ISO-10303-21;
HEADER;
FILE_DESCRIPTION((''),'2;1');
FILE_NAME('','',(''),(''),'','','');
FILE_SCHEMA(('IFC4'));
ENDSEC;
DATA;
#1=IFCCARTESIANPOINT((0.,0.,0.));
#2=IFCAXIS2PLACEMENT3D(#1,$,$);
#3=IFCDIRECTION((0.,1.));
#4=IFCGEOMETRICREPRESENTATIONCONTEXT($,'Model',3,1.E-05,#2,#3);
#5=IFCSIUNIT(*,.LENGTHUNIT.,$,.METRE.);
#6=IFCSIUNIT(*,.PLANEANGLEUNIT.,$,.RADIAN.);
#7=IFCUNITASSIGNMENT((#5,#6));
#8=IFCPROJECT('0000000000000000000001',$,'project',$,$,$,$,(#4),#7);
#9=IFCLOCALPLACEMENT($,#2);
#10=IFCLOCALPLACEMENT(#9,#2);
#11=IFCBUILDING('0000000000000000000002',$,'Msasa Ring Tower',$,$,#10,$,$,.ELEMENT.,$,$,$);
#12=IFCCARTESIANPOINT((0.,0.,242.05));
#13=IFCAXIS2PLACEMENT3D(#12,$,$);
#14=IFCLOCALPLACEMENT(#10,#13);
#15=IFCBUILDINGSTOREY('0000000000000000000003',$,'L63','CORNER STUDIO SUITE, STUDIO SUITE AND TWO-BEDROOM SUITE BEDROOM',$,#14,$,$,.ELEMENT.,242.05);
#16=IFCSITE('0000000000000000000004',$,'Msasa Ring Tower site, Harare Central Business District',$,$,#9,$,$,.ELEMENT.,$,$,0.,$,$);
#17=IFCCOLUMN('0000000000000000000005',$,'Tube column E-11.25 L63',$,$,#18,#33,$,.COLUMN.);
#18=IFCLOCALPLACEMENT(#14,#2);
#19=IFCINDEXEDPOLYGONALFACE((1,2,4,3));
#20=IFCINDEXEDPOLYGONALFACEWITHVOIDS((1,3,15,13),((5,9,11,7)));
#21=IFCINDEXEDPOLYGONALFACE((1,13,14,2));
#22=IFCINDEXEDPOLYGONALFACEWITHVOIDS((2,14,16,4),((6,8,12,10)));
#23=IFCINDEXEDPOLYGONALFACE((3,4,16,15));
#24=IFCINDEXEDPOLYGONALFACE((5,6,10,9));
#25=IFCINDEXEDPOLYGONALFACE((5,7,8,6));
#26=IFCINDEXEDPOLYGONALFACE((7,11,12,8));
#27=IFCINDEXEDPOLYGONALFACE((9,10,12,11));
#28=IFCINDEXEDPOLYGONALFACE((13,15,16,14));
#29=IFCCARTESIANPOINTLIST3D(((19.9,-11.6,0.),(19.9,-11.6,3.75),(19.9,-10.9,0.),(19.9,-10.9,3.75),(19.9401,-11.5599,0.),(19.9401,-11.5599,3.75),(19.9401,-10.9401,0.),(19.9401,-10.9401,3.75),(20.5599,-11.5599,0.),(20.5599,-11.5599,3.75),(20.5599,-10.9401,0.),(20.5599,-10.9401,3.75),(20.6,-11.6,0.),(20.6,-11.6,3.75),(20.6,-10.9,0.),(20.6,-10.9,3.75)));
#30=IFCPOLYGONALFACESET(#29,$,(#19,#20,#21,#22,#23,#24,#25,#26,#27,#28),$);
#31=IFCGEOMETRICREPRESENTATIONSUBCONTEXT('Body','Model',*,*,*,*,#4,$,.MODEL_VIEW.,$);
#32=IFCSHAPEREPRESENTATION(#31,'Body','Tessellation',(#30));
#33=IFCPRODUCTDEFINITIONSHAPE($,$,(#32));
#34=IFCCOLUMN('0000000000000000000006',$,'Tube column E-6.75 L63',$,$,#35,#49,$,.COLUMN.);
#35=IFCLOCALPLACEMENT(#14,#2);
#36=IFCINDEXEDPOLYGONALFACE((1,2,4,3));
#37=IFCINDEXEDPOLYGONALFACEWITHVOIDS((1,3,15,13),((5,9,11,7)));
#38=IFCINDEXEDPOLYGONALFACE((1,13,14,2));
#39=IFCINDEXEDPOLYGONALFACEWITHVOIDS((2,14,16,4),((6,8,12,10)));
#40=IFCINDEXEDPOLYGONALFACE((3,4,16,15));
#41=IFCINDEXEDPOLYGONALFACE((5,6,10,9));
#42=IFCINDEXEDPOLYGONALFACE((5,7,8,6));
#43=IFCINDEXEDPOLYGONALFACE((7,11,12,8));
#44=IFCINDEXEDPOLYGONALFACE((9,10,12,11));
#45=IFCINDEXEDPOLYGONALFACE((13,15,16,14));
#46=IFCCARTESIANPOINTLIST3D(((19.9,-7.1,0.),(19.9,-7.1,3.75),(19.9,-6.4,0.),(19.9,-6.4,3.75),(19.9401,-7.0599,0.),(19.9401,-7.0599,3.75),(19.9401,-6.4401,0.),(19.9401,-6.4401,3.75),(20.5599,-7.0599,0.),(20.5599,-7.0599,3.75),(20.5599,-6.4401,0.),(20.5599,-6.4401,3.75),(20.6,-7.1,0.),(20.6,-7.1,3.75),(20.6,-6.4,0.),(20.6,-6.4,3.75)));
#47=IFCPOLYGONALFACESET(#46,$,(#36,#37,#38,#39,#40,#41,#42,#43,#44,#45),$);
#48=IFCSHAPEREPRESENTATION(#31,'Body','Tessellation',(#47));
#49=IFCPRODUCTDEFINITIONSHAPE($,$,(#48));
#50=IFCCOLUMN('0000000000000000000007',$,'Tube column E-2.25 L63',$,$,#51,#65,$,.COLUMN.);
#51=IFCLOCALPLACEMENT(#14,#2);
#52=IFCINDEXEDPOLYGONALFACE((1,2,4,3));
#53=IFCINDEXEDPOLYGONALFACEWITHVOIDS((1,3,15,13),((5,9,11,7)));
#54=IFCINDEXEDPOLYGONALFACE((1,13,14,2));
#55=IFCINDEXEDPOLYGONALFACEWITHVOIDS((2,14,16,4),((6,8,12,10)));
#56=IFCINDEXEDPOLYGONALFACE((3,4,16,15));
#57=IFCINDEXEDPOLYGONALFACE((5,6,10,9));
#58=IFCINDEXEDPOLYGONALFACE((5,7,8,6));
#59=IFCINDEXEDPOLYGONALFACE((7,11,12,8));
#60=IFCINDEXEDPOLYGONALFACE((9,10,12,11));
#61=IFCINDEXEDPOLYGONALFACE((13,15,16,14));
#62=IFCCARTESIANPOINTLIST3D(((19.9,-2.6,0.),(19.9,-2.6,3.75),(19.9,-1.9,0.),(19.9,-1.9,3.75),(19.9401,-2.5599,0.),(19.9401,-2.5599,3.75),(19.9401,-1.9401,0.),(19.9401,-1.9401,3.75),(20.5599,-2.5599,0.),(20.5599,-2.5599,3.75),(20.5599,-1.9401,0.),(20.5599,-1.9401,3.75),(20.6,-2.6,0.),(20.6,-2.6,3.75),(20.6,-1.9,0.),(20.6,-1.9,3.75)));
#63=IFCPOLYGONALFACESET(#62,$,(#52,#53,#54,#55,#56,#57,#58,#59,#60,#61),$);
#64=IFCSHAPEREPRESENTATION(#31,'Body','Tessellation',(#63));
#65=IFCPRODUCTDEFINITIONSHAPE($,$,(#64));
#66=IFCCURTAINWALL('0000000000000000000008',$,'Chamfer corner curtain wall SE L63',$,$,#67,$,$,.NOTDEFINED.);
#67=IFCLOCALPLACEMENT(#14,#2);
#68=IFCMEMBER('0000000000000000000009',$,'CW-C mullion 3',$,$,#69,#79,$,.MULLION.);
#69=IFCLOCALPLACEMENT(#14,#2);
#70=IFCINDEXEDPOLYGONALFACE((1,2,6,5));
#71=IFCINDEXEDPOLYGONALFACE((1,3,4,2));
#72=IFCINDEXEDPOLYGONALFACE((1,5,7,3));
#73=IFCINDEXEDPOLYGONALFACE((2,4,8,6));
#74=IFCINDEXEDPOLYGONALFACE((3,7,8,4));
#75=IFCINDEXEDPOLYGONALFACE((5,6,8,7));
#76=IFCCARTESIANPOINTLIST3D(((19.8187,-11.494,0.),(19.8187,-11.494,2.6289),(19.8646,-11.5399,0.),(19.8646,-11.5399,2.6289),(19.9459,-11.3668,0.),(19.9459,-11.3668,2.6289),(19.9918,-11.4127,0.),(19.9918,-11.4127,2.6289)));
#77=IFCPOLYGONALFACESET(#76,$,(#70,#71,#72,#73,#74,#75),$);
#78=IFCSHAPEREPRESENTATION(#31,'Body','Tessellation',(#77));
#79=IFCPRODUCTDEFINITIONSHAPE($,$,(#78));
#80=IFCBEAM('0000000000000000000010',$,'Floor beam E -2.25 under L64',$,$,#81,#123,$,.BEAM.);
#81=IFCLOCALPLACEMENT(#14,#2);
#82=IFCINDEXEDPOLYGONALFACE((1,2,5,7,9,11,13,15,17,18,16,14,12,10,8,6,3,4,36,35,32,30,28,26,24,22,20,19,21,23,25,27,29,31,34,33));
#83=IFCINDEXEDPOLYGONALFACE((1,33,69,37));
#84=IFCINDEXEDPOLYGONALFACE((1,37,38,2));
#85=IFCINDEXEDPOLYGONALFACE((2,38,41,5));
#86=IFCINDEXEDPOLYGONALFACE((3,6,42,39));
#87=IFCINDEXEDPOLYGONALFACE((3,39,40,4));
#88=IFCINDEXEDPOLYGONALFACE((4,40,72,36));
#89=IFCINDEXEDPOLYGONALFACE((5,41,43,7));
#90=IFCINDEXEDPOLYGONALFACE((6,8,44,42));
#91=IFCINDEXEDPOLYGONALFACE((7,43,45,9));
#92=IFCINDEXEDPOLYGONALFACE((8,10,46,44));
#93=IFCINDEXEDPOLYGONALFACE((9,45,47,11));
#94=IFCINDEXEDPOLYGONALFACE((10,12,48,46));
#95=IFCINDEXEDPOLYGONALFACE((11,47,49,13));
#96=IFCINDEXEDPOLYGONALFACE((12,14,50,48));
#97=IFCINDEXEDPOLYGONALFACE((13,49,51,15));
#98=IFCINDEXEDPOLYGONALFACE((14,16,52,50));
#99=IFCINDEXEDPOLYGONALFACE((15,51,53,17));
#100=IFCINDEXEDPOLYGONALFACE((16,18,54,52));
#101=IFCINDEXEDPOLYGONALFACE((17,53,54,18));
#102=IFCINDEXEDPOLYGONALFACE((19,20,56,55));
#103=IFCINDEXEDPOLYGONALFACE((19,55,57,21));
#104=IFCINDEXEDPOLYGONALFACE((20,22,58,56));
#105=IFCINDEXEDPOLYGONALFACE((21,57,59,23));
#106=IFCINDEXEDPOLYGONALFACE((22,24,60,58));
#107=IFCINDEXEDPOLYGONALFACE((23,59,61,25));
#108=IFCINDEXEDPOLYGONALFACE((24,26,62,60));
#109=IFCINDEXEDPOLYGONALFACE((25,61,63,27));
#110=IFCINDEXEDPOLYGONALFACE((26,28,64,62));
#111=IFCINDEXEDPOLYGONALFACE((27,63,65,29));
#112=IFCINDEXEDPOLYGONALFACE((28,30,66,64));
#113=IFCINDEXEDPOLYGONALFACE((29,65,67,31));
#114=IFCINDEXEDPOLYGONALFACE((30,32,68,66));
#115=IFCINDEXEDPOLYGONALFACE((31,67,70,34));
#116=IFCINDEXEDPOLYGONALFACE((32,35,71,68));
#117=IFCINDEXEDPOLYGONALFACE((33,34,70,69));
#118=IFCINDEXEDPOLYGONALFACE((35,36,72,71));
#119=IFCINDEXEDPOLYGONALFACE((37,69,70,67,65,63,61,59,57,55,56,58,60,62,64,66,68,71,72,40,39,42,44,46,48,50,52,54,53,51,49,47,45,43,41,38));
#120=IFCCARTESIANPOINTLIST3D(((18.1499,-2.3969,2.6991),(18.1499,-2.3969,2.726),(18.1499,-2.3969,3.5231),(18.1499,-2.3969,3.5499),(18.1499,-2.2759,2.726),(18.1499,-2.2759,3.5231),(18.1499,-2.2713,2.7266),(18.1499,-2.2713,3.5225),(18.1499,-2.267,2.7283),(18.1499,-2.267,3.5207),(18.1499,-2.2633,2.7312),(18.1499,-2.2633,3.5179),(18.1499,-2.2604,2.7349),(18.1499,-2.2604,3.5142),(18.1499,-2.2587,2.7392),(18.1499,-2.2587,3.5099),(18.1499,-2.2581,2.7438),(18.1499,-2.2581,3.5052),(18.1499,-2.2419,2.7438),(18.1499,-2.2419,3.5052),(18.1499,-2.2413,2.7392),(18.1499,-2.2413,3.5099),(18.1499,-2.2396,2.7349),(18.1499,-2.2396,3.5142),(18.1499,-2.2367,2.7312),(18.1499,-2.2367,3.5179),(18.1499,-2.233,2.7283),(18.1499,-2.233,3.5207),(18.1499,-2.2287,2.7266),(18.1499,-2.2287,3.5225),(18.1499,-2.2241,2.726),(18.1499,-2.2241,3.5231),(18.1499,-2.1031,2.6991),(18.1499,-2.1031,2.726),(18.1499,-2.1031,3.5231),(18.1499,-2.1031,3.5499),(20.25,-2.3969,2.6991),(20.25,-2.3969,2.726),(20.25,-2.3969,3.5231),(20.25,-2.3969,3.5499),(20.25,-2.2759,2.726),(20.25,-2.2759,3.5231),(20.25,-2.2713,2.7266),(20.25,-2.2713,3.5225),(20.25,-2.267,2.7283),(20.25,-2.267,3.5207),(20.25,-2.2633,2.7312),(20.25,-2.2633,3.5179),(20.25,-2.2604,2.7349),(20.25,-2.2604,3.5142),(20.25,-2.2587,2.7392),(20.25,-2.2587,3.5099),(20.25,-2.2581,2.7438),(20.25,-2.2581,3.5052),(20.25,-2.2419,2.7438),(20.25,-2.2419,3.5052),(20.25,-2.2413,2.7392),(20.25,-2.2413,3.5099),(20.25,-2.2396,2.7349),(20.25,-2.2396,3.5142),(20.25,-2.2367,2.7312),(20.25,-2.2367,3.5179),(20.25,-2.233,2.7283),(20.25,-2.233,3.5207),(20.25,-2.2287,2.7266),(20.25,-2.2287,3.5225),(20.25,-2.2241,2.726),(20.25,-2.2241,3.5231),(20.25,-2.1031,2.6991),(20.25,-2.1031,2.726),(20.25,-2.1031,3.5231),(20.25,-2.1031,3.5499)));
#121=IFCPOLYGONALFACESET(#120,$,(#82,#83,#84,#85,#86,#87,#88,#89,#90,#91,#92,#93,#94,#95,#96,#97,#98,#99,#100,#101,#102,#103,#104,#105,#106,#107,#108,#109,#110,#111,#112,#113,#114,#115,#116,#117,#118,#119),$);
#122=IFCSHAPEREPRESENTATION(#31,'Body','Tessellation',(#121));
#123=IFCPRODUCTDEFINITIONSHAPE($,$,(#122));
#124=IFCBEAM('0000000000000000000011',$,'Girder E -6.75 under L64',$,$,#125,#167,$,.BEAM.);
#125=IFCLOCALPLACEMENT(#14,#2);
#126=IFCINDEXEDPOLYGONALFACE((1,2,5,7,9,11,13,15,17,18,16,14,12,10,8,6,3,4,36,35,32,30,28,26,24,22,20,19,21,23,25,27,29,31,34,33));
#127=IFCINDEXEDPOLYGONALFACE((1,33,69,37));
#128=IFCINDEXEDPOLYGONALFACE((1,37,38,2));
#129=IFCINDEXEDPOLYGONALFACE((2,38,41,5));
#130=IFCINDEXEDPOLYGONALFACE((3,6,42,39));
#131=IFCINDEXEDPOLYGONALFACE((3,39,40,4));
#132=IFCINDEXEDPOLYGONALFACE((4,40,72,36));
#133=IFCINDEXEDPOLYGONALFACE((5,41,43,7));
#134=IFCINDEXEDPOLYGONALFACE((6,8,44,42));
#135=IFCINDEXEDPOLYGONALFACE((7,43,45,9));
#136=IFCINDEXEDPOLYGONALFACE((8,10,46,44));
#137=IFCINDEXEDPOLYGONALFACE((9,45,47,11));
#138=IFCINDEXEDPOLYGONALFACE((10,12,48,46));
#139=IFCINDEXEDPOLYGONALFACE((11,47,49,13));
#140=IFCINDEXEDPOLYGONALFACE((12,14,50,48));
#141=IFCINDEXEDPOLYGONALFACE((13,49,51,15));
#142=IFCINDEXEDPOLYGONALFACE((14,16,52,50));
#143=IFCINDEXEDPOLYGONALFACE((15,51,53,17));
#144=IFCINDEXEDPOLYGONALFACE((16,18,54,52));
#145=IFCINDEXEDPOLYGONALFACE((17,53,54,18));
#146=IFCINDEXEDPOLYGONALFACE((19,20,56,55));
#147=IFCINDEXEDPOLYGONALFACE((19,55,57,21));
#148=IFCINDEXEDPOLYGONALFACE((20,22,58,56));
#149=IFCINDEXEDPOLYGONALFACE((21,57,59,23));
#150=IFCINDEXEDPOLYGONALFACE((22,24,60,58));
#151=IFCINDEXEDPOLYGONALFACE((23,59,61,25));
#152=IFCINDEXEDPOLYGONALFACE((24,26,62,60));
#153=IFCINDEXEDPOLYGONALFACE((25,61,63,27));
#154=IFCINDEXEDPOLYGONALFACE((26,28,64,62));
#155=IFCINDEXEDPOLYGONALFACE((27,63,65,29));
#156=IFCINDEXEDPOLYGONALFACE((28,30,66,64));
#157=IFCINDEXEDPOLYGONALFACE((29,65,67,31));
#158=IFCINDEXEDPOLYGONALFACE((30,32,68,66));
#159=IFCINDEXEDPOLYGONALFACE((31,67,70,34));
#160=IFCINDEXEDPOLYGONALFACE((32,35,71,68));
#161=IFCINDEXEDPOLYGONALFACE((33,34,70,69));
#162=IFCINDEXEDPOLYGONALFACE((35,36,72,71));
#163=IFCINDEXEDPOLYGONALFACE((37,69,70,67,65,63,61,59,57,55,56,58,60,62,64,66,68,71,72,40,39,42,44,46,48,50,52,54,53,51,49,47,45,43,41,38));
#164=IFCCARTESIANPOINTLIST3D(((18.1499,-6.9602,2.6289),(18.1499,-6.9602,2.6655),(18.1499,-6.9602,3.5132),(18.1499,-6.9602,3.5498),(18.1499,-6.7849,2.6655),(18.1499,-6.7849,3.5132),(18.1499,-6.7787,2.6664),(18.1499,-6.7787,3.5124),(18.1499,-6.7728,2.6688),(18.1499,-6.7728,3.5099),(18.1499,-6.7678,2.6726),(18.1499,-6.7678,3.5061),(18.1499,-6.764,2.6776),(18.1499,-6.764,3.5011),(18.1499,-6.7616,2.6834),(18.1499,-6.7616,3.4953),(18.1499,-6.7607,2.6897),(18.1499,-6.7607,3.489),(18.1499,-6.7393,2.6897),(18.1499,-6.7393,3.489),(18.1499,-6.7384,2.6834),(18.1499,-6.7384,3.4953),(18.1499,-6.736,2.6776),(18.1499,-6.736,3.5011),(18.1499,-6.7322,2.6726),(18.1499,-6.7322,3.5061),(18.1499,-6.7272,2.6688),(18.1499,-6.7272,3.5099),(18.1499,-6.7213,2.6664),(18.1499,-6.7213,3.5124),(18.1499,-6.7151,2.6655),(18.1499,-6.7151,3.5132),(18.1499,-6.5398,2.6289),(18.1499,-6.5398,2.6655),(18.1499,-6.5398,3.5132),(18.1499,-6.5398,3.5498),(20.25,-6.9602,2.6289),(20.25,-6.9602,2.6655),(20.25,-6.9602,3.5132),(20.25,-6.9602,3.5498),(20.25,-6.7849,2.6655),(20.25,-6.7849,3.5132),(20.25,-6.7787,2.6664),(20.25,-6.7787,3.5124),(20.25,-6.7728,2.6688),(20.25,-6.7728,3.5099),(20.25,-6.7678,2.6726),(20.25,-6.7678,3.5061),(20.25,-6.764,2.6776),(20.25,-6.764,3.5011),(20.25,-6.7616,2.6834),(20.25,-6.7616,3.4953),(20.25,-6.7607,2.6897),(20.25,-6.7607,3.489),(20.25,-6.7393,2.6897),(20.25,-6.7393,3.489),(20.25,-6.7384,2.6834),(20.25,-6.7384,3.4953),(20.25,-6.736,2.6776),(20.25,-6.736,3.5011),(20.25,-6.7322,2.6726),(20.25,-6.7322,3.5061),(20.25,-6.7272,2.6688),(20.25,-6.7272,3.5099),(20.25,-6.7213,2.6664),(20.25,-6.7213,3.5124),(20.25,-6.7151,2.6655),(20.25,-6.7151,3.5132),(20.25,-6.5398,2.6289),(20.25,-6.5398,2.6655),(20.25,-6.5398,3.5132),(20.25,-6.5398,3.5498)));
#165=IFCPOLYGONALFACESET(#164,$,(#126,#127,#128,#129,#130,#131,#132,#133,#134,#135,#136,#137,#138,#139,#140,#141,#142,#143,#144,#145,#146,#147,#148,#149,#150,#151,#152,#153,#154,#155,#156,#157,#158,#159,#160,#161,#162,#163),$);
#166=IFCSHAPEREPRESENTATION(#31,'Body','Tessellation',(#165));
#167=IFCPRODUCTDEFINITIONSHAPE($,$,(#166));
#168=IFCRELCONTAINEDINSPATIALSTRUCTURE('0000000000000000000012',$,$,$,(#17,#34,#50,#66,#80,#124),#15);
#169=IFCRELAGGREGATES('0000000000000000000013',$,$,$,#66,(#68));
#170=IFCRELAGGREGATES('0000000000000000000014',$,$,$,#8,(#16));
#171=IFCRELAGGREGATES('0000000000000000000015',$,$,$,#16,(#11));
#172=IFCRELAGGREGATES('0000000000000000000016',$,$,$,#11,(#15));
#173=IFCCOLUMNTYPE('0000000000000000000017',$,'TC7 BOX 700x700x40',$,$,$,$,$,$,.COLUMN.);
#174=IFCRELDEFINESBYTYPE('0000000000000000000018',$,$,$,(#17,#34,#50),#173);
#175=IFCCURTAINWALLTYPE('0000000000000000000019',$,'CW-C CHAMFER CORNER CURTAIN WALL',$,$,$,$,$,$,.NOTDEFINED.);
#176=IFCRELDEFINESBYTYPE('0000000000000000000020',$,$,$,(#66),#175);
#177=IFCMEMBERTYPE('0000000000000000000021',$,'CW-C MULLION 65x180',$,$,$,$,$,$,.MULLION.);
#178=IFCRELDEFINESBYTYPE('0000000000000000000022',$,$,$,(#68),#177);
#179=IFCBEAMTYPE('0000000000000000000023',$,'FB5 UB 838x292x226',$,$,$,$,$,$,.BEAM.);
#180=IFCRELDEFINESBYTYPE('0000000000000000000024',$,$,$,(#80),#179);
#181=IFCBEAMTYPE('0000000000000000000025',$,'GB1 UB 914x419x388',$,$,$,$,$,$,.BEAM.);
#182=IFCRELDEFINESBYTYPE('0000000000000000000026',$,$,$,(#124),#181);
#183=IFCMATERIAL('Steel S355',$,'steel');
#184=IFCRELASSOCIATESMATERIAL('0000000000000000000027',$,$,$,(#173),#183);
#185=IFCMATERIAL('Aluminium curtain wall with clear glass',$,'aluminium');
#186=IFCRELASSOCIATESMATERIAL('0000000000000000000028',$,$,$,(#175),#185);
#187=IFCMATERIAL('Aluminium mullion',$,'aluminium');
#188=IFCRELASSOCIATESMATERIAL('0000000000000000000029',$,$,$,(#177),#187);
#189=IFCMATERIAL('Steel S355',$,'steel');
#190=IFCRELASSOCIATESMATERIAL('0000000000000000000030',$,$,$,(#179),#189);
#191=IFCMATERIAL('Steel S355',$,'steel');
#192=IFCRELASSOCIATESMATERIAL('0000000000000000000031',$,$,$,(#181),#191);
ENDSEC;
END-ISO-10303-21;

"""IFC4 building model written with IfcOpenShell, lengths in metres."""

from ifc_helpers import new_model, si_unit, direction, frame, origin, origin_2d, place, context, subcontext, project, spatial, rectangle, hollow_rectangle, i_section, extrude, material, material_profile, profile_set, type_object, element, aggregate, save


model = new_model("IFC4")

# Units and contexts
model_context = context("Model", 3, precision=1e-05, world=origin(), true_north=direction((0.0, 1.0)))
body_context = subcontext(model_context, "Body", "Model", "MODEL_VIEW")
ifc_project = project(units=[si_unit("LENGTHUNIT", "METRE"), si_unit("PLANEANGLEUNIT", "RADIAN")], contexts=[model_context])

# Site, building, storey
site_placement = place(None, origin())
site = spatial("IfcSite", under=ifc_project, at=site_placement, Name="Msasa Ring Tower site, Harare Central Business District", CompositionType="ELEMENT", RefElevation=0.0)
building_placement = place(site_placement, origin())
building = spatial("IfcBuilding", under=site, at=building_placement, Name="Msasa Ring Tower", CompositionType="ELEMENT")
storey_placement = place(building_placement, frame((0.0, 0.0, 242.05)))
storey = spatial("IfcBuildingStorey", under=building, at=storey_placement, Name="L63", Description="CORNER STUDIO SUITE, STUDIO SUITE AND TWO-BEDROOM SUITE BEDROOM", CompositionType="ELEMENT", Elevation=242.05)

# Columns
ifc_material_1 = material(Name="Steel S355", Category="steel")
ifc_material_profile_1 = material_profile(ifc_material_1, hollow_rectangle(XDim=0.7, YDim=0.7, WallThickness=0.04, at=origin_2d()), Name="BOX 700x700x40")
ifc_profile_set_1 = profile_set([ifc_material_profile_1], Name="Steel S355")
column_type = type_object("IfcColumnType", Name="TC7 BOX 700x700x40", PredefinedType="COLUMN", material=ifc_profile_set_1)
for number, where, z_axis, x_axis, name in (
    (1, (20.25, -11.25, 0.0), (0.0, 0.0, 1.0), (1.0, 0.0, 0.0), "Tube column E-11.25 L63"),
    (2, (20.25, -6.75, 0.0), (0.0, 0.0, 1.0), (1.0, 0.0, 0.0), "Tube column E-6.75 L63"),
    (3, (20.25, -2.25, 0.0), (0.0, 0.0, 1.0), (1.0, 0.0, 0.0), "Tube column E-2.25 L63"),
):
    element("IfcColumn", number, at=place(storey_placement, frame(where, z_axis=z_axis, x_axis=x_axis)), inside=storey, type_object=column_type, Name=name, PredefinedType="COLUMN", context=body_context, shape_type="SweptSolid", body=[
        extrude(hollow_rectangle(XDim=0.7, YDim=0.7, WallThickness=0.04, at=origin_2d()), origin(), (0.0, 0.0, 1.0), 3.75),
    ])

# Curtain wall, member
ifc_material_2 = material(Name="Aluminium curtain wall with clear glass", Category="aluminium")
curtain_wall_type = type_object("IfcCurtainWallType", Name="CW-C CHAMFER CORNER CURTAIN WALL", PredefinedType="NOTDEFINED", material=ifc_material_2)
curtain_wall_placement = place(storey_placement, origin())
curtain_wall = element("IfcCurtainWall", 4, at=curtain_wall_placement, inside=storey, type_object=curtain_wall_type, Name="Chamfer corner curtain wall SE L63", PredefinedType="NOTDEFINED")
ifc_material_3 = material(Name="Aluminium mullion", Category="aluminium")
ifc_material_profile_2 = material_profile(ifc_material_3, rectangle(XDim=0.0649, YDim=0.1799, at=origin_2d()), Name="AL 65x180")
ifc_profile_set_2 = profile_set([ifc_material_profile_2], Name="Aluminium mullion")
member_type = type_object("IfcMemberType", Name="CW-C MULLION 65x180", PredefinedType="MULLION", material=ifc_profile_set_2)
member_placement = place(storey_placement, frame((19.9053, -11.4534, 0.0), z_axis=(0.0, 0.0, 1.0), x_axis=(-0.707107, 0.707107, 0.0)))
member = element("IfcMember", 5, at=member_placement, type_object=member_type, Name="CW-C mullion 3", PredefinedType="MULLION", context=body_context, shape_type="SweptSolid", body=[
    extrude(rectangle(XDim=0.0649, YDim=0.1799, at=origin_2d()), origin(), (0.0, 0.0, 1.0), 2.6289),
])

# Beams
ifc_material_4 = material(Name="Steel S355", Category="steel")
ifc_material_profile_3 = material_profile(ifc_material_4, i_section(OverallWidth=0.2937, OverallDepth=0.8508, WebThickness=0.0161, FlangeThickness=0.0269, FilletRadius=0.0178, at=origin_2d()), Name="UB 838x292x226")
ifc_profile_set_3 = profile_set([ifc_material_profile_3], Name="Steel S355")
beam_type_1 = type_object("IfcBeamType", Name="FB5 UB 838x292x226", PredefinedType="BEAM", material=ifc_profile_set_3)
beam_1_placement = place(storey_placement, frame((20.25, -2.25, 3.1245), z_axis=(-1.0, 0.0, 0.0), x_axis=(0.0, -1.0, 0.0)))
element("IfcBeam", 6, at=beam_1_placement, inside=storey, type_object=beam_type_1, Name="Floor beam E -2.25 under L64", PredefinedType="BEAM", context=body_context, shape_type="SweptSolid", body=[
    extrude(i_section(OverallWidth=0.2937, OverallDepth=0.8508, WebThickness=0.0161, FlangeThickness=0.0269, FilletRadius=0.0178, at=origin_2d()), origin(), (0.0, 0.0, 1.0), 2.1001),
])
ifc_material_5 = material(Name="Steel S355", Category="steel")
ifc_material_profile_4 = material_profile(ifc_material_5, i_section(OverallWidth=0.4204, OverallDepth=0.9209, WebThickness=0.0215, FlangeThickness=0.0366, FilletRadius=0.0242, at=origin_2d()), Name="UB 914x419x388")
ifc_profile_set_4 = profile_set([ifc_material_profile_4], Name="Steel S355")
beam_type_2 = type_object("IfcBeamType", Name="GB1 UB 914x419x388", PredefinedType="BEAM", material=ifc_profile_set_4)
beam_2_placement = place(storey_placement, frame((18.1499, -6.75, 3.0894), z_axis=(1.0, 0.0, 0.0), x_axis=(0.0, 1.0, 0.0)))
element("IfcBeam", 7, at=beam_2_placement, inside=storey, type_object=beam_type_2, Name="Girder E -6.75 under L64", PredefinedType="BEAM", context=body_context, shape_type="SweptSolid", body=[
    extrude(i_section(OverallWidth=0.4204, OverallDepth=0.9209, WebThickness=0.0215, FlangeThickness=0.0366, FilletRadius=0.0242, at=origin_2d()), origin(), (0.0, 0.0, 1.0), 2.1001),
])

aggregate(curtain_wall, [member])

save(model, "model.ifc")
